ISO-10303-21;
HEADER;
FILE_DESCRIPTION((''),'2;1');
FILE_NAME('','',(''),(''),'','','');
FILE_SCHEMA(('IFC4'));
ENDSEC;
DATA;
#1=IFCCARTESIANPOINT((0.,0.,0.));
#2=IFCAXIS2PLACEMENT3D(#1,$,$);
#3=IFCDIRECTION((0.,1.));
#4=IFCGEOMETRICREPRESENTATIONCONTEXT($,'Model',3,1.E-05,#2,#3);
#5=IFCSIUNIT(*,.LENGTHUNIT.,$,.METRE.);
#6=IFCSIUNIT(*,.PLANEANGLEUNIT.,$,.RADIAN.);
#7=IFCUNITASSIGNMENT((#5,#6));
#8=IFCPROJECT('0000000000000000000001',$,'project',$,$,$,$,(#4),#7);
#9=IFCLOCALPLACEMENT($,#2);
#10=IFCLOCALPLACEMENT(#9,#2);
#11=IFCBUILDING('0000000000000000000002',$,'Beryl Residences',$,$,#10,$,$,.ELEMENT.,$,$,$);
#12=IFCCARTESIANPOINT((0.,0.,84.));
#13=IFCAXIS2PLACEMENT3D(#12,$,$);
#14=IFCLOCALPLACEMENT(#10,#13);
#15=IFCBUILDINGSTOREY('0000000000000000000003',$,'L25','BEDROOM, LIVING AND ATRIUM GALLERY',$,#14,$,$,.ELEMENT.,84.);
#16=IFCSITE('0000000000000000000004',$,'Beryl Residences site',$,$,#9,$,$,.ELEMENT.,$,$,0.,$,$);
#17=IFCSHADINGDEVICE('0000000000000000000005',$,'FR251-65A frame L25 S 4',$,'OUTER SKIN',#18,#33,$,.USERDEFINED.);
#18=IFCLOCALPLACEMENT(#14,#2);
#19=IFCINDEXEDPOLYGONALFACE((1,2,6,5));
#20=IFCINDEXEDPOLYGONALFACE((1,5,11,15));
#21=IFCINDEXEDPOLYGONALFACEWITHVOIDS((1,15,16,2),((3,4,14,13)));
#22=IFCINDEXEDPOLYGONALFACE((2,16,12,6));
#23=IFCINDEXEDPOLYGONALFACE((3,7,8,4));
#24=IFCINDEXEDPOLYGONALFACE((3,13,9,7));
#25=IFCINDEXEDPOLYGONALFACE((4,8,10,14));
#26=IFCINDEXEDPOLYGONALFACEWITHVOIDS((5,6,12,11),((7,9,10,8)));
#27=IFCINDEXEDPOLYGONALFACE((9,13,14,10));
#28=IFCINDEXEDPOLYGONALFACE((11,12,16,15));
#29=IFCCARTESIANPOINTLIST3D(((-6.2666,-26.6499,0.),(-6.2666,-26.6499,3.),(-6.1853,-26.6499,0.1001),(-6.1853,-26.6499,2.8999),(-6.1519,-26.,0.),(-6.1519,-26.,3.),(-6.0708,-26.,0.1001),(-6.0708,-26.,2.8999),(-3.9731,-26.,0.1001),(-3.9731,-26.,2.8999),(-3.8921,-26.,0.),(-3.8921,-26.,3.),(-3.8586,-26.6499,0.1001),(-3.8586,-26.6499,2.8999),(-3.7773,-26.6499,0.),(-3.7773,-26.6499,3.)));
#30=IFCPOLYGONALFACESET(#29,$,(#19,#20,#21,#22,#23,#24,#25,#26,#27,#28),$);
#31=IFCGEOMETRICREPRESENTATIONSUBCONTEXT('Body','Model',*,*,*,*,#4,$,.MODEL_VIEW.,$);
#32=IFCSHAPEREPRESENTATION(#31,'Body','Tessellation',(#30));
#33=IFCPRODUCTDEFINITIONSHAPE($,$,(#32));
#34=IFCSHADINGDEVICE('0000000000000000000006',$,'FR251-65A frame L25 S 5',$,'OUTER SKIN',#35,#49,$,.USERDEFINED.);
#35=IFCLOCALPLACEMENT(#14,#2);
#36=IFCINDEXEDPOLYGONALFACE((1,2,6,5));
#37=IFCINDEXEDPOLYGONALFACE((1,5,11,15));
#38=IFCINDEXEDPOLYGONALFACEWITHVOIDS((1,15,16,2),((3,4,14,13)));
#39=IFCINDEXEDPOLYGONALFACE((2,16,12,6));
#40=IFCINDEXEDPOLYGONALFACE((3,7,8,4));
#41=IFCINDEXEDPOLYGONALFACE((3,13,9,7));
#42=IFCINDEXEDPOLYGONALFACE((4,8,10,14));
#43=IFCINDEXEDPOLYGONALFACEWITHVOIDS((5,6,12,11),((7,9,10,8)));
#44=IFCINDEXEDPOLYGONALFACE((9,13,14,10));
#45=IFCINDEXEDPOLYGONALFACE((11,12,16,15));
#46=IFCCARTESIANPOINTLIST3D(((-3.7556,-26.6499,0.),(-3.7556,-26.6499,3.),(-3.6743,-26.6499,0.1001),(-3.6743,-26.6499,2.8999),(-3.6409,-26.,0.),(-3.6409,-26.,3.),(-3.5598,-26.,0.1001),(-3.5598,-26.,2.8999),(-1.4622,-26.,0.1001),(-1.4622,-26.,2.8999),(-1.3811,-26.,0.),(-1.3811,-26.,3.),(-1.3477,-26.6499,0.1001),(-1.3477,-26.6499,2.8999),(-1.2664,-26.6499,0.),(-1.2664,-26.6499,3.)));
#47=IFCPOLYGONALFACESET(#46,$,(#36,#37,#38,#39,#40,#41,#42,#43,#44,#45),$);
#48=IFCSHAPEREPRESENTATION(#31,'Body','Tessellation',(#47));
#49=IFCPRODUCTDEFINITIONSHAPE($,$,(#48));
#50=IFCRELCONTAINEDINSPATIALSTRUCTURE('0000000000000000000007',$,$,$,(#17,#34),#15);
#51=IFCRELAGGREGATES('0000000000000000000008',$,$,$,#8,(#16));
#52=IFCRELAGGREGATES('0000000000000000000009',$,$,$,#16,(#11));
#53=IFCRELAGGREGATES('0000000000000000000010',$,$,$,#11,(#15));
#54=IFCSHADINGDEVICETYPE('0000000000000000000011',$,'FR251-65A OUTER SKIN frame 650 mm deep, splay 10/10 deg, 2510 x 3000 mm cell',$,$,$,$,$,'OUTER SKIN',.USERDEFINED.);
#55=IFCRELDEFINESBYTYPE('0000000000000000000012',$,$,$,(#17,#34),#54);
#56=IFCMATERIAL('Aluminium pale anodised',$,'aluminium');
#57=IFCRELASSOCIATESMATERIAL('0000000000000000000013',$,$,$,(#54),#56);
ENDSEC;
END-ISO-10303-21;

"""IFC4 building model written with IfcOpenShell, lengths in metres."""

from ifc_helpers import new_model, entity, si_unit, direction, frame, origin, place, context, subcontext, project, spatial, source, transform, mapped, material, type_object, type_shapes, element, save


model = new_model("IFC4")

# Units and contexts
model_context = context("Model", 3, precision=1e-05, world=origin(), true_north=direction((0.0, 1.0)))
body_context = subcontext(model_context, "Body", "Model", "MODEL_VIEW")
ifc_project = project(units=[si_unit("LENGTHUNIT", "METRE"), si_unit("PLANEANGLEUNIT", "RADIAN")], contexts=[model_context])

# Site, building, storey
site_placement = place(None, origin())
site = spatial("IfcSite", under=ifc_project, at=site_placement, Name="Beryl Residences site", CompositionType="ELEMENT", RefElevation=0.0)
building_placement = place(site_placement, origin())
building = spatial("IfcBuilding", under=site, at=building_placement, Name="Beryl Residences", CompositionType="ELEMENT")
storey_placement = place(building_placement, frame((0.0, 0.0, 84.0)))
storey = spatial("IfcBuildingStorey", under=building, at=storey_placement, Name="L25", Description="BEDROOM, LIVING AND ATRIUM GALLERY", CompositionType="ELEMENT", Elevation=84.0)

# Shading devices
ifc_material_1 = material(Name="Aluminium pale anodised", Category="aluminium")
shading_device_type_1 = type_object("IfcShadingDeviceType", Name="FR251-65A OUTER SKIN frame 650 mm deep, splay 10/10 deg, 2510 x 3000 mm cell", ElementType="OUTER SKIN", PredefinedType="USERDEFINED", material=ifc_material_1)
cartesian_point_1 = entity("IfcCartesianPoint", [-1.1299, 0.0])
cartesian_point_2 = entity("IfcCartesianPoint", [-1.0488, 0.1001])
cartesian_point_3 = entity("IfcCartesianPoint", [-1.2446, 0.0])
cartesian_point_4 = entity("IfcCartesianPoint", [-1.1633, 0.1001])
shared_shape_1 = source(origin(), body_context, "Body", "SweptSolid", [
    entity("IfcExtrudedAreaSolidTapered", entity("IfcArbitraryProfileDefWithVoids", "AREA", None, entity("IfcPolyline", [cartesian_point_1, entity("IfcCartesianPoint", [1.1299, 0.0]), entity("IfcCartesianPoint", [1.1299, 3.0]), entity("IfcCartesianPoint", [-1.1299, 3.0]), cartesian_point_1]), [entity("IfcPolyline", [cartesian_point_2, entity("IfcCartesianPoint", [1.0488, 0.1001]), entity("IfcCartesianPoint", [1.0488, 2.8999]), entity("IfcCartesianPoint", [-1.0488, 2.8999]), cartesian_point_2])]), entity("IfcAxis2Placement3D", entity("IfcCartesianPoint", [0.0, 0.0, 0.0]), entity("IfcDirection", [0.0, 1.0, 0.0]), entity("IfcDirection", [-1.0, 0.0, 0.0])), entity("IfcDirection", [0.0, 0.0, 1.0]), 0.6499, entity("IfcArbitraryProfileDefWithVoids", "AREA", None, entity("IfcPolyline", [cartesian_point_3, entity("IfcCartesianPoint", [1.2446, 0.0]), entity("IfcCartesianPoint", [1.2446, 3.0]), entity("IfcCartesianPoint", [-1.2446, 3.0]), cartesian_point_3]), [entity("IfcPolyline", [cartesian_point_4, entity("IfcCartesianPoint", [1.1633, 0.1001]), entity("IfcCartesianPoint", [1.1633, 2.8999]), entity("IfcCartesianPoint", [-1.1633, 2.8999]), cartesian_point_4])])),
])
type_shapes(shading_device_type_1, [shared_shape_1])
for number, where, z_axis, x_axis, name in (
    (1, (-5.022, -26.0, 0.0), (0.0, 0.0, 1.0), (-1.0, 0.0, 0.0), "FR251-65A frame L25 S 4"),
    (2, (-2.511, -26.0, 0.0), (0.0, 0.0, 1.0), (-1.0, 0.0, 0.0), "FR251-65A frame L25 S 5"),
):
    element("IfcShadingDevice", number, at=place(storey_placement, frame(where, z_axis=z_axis, x_axis=x_axis)), inside=storey, type_object=shading_device_type_1, Name=name, ObjectType="OUTER SKIN", PredefinedType="USERDEFINED", context=body_context, shape_type="MappedRepresentation", body=[
        mapped(shared_shape_1, transform((0.0, 0.0, 0.0))),
    ])

save(model, "model.ifc")
